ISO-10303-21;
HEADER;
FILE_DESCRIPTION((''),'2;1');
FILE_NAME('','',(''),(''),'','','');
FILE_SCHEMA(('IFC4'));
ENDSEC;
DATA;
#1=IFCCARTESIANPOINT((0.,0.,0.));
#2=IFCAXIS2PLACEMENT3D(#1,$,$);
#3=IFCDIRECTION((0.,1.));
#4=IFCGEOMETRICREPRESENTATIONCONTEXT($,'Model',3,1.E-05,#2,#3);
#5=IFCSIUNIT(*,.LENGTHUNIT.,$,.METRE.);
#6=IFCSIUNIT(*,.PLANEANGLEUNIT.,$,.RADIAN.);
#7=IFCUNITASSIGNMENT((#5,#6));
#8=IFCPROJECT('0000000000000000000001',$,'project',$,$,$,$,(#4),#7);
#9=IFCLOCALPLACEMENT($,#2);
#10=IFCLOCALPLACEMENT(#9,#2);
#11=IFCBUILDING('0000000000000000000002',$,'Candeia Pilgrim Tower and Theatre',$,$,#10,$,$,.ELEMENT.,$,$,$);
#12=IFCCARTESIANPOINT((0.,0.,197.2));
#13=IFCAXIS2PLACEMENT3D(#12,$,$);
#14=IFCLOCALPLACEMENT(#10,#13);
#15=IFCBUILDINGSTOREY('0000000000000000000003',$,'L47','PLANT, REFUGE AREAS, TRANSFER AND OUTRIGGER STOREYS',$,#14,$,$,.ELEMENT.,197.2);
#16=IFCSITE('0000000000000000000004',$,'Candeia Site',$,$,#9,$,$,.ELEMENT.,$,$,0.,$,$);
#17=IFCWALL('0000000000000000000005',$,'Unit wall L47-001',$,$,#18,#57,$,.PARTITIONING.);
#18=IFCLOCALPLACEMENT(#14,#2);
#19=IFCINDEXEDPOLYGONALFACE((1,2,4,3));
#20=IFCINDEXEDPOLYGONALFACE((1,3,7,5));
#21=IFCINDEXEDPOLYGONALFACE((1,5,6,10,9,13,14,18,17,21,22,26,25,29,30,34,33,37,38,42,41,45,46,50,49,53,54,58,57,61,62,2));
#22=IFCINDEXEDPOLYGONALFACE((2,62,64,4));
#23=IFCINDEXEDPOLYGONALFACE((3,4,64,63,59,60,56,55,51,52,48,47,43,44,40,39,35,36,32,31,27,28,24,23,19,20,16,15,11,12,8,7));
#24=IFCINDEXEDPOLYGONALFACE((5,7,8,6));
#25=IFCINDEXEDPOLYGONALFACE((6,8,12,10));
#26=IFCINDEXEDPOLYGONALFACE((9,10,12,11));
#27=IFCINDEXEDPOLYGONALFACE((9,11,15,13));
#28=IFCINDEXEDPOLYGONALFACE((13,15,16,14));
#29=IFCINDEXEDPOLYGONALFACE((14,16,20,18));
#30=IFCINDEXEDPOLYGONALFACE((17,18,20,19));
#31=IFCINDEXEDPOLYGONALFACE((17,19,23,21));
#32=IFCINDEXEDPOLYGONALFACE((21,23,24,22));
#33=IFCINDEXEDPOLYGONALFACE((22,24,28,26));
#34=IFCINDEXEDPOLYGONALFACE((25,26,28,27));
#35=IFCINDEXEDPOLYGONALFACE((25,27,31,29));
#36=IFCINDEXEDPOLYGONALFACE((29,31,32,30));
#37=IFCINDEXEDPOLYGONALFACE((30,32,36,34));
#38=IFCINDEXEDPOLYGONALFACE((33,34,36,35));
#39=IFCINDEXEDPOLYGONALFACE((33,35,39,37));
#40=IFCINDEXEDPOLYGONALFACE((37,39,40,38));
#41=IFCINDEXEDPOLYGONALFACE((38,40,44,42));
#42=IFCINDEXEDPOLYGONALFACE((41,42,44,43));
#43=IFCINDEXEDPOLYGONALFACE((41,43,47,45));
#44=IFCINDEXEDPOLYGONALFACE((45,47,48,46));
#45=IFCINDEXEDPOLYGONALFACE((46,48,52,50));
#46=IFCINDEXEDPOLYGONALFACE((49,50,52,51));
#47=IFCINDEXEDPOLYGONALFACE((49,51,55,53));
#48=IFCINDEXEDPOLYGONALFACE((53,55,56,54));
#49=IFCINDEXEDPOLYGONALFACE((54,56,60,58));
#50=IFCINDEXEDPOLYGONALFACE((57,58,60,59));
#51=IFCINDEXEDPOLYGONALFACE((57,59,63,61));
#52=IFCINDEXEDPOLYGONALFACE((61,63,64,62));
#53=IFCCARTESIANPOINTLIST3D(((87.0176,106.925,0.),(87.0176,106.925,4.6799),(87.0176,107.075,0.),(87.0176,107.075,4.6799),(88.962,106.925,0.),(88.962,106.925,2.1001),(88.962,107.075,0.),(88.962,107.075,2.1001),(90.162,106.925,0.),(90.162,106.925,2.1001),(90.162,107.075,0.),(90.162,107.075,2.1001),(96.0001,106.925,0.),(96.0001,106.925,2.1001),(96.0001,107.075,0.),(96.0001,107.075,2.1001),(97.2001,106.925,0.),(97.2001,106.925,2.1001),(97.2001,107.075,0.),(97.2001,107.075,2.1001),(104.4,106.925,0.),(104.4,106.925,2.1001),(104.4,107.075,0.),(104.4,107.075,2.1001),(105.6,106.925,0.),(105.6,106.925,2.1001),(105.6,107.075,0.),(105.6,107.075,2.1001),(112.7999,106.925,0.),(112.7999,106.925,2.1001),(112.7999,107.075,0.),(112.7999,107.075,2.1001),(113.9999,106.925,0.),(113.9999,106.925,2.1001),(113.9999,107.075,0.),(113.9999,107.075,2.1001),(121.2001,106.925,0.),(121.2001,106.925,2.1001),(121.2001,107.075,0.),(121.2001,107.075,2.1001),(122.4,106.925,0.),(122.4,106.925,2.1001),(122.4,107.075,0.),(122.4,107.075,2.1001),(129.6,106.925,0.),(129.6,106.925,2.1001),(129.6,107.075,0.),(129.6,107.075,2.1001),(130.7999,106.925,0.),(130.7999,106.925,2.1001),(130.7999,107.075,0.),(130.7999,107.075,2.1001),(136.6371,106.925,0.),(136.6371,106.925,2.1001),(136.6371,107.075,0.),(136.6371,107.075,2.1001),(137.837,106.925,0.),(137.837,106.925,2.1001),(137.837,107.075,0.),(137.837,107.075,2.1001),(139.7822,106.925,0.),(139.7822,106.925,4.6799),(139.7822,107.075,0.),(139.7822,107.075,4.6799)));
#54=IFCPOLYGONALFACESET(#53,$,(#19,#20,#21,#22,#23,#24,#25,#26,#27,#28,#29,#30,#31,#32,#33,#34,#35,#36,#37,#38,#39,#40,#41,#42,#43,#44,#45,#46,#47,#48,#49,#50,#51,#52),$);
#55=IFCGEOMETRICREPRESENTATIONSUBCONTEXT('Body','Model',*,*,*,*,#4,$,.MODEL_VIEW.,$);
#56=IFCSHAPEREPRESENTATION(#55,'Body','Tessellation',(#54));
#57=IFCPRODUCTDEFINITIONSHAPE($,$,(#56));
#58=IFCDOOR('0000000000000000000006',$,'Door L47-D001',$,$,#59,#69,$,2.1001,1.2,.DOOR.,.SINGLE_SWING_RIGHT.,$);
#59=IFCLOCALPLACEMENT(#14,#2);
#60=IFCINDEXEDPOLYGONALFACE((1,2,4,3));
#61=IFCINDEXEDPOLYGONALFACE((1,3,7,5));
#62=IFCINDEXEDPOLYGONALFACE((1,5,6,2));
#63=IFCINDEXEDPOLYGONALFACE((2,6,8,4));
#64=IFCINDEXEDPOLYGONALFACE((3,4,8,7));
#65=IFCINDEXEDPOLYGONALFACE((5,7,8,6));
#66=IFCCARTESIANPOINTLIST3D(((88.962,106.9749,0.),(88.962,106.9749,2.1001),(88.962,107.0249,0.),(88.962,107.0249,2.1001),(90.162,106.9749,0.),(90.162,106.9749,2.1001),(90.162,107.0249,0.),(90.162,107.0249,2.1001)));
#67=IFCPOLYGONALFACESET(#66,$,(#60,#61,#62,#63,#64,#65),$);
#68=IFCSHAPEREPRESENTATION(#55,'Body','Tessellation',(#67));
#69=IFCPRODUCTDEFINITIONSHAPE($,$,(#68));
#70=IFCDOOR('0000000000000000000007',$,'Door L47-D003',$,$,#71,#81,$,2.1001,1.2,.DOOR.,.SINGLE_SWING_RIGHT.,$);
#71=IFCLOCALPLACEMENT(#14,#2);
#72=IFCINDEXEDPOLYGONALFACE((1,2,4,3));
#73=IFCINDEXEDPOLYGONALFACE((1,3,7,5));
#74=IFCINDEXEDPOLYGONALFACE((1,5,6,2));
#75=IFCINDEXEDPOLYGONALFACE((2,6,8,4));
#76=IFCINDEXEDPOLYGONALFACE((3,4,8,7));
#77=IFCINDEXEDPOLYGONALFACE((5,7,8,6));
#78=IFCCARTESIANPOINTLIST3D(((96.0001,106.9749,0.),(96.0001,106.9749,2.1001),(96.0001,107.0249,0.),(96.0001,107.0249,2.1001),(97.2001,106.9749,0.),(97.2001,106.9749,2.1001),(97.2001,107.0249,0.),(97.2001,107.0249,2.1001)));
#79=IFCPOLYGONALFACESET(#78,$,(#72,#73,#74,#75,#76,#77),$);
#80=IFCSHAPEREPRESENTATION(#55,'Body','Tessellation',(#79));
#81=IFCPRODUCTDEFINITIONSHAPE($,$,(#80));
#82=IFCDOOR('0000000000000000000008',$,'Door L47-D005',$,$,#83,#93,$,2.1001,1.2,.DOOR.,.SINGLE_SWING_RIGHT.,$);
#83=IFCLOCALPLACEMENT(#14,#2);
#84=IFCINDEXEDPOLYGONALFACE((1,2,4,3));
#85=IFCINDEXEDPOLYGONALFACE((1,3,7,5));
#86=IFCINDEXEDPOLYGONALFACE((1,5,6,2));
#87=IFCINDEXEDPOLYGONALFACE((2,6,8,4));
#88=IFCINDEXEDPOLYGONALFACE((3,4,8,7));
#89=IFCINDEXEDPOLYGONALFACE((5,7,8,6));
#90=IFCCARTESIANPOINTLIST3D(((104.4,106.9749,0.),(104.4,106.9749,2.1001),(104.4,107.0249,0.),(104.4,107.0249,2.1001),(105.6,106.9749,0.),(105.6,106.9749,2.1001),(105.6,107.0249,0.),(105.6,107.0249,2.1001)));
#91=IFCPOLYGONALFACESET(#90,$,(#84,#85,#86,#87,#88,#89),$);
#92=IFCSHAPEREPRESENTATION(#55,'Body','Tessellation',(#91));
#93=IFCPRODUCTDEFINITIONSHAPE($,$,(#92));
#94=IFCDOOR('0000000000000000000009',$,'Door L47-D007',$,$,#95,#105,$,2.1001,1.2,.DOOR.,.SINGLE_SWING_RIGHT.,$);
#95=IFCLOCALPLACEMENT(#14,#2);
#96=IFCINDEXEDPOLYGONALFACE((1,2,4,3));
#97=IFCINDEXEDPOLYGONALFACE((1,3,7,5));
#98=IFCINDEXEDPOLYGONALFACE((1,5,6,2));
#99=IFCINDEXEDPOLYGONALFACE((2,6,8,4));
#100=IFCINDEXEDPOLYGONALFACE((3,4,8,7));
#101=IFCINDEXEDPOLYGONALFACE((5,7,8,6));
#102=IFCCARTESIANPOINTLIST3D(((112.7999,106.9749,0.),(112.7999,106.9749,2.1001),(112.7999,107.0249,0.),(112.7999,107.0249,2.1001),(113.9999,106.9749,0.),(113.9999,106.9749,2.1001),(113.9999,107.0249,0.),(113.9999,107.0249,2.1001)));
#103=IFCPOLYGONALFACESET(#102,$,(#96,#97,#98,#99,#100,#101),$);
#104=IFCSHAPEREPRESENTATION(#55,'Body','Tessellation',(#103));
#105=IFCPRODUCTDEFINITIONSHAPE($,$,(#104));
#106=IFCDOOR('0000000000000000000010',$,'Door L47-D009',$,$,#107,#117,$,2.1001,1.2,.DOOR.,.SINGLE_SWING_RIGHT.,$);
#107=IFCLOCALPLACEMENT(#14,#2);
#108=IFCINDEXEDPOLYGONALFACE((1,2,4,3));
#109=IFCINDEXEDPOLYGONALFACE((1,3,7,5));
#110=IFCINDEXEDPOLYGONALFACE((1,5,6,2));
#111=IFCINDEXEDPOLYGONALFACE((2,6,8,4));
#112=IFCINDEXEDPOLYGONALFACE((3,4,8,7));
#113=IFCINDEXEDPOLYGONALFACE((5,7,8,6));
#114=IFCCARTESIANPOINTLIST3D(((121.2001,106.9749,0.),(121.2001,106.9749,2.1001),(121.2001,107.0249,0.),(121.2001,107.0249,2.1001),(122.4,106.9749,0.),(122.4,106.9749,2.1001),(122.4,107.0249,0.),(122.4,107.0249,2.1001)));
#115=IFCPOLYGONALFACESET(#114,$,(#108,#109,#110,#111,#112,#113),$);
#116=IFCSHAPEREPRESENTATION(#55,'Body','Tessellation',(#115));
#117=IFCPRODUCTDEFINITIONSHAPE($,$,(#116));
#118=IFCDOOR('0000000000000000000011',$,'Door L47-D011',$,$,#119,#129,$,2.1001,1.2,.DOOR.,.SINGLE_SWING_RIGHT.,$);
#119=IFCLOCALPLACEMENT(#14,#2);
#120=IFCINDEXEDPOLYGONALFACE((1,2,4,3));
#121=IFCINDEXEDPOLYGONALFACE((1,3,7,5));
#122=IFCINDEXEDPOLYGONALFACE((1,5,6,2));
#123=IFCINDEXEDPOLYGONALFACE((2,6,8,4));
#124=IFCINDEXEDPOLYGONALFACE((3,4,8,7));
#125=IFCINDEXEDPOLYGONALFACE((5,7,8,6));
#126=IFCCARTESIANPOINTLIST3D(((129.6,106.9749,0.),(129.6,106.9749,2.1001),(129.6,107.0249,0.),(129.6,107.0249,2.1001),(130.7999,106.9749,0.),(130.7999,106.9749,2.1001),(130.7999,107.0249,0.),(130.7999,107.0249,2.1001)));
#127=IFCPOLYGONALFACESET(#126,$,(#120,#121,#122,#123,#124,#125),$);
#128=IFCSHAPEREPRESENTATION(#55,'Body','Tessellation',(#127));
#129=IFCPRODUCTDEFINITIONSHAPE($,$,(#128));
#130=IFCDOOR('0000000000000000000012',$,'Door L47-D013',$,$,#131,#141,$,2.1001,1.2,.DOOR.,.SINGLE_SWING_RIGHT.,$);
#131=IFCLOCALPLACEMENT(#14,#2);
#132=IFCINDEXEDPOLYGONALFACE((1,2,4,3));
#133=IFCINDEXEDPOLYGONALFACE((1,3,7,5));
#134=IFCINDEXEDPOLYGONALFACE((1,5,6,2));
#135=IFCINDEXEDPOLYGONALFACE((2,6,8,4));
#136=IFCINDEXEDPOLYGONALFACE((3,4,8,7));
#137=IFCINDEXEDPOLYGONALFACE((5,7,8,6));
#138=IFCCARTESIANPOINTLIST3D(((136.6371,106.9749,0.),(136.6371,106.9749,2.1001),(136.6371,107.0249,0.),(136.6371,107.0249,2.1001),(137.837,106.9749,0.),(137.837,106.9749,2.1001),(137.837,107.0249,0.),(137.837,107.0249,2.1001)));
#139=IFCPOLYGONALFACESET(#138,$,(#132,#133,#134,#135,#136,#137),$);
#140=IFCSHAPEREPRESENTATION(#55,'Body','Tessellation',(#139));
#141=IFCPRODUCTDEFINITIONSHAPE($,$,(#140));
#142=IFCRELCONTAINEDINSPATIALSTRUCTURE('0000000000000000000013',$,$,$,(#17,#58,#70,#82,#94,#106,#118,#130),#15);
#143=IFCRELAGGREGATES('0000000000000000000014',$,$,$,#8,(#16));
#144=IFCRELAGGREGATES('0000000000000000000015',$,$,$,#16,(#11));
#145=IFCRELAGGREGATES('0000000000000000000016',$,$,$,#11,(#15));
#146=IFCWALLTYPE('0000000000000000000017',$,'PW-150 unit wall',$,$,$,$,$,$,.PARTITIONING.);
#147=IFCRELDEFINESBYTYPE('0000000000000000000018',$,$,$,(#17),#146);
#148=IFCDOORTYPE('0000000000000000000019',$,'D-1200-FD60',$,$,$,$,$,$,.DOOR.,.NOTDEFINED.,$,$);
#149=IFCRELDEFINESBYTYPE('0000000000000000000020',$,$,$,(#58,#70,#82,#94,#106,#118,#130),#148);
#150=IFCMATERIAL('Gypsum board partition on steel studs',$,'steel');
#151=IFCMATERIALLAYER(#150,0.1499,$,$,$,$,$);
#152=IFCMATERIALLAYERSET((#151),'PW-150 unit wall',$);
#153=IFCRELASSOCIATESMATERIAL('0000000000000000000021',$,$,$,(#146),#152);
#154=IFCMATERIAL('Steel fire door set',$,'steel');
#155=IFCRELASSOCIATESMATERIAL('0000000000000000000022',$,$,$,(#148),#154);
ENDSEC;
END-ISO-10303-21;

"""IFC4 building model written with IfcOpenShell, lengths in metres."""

from ifc_helpers import new_model, si_unit, direction, frame, frame_2d, origin, place, context, subcontext, project, spatial, rectangle, extrude, material, layer, layer_set, type_object, element, fill, save


model = new_model("IFC4")

# Units and contexts
model_context = context("Model", 3, precision=1e-05, world=origin(), true_north=direction((0.0, 1.0)))
body_context = subcontext(model_context, "Body", "Model", "MODEL_VIEW")
ifc_project = project(units=[si_unit("LENGTHUNIT", "METRE"), si_unit("PLANEANGLEUNIT", "RADIAN")], contexts=[model_context])

# Site, building, storey
site_placement = place(None, origin())
site = spatial("IfcSite", under=ifc_project, at=site_placement, Name="Candeia Site", CompositionType="ELEMENT", RefElevation=0.0)
building_placement = place(site_placement, origin())
building = spatial("IfcBuilding", under=site, at=building_placement, Name="Candeia Pilgrim Tower and Theatre", CompositionType="ELEMENT")
storey_placement = place(building_placement, frame((0.0, 0.0, 197.2)))
storey = spatial("IfcBuildingStorey", under=building, at=storey_placement, Name="L47", Description="PLANT, REFUGE AREAS, TRANSFER AND OUTRIGGER STOREYS", CompositionType="ELEMENT", Elevation=197.2)

# Shared definitions
ifc_material_1 = material(Name="Gypsum board partition on steel studs", Category="steel")

# Wall, openings, doors
ifc_layer_1 = layer(ifc_material_1, 0.1499)
ifc_layer_set_1 = layer_set([ifc_layer_1], Name="PW-150 unit wall")
wall_type_1 = type_object("IfcWallType", Name="PW-150 unit wall", PredefinedType="PARTITIONING", material=ifc_layer_set_1)
wall_1_placement = place(storey_placement, frame((87.0176, 107.0, 0.0), z_axis=(0.0, 0.0, 1.0), x_axis=(1.0, 0.0, 0.0)))
wall_1 = element("IfcWall", 1, at=wall_1_placement, inside=storey, type_object=wall_type_1, Name="Unit wall L47-001", PredefinedType="PARTITIONING", context=body_context, shape_type="SweptSolid", body=[
    extrude(rectangle(XDim=52.7646, YDim=0.1499, at=frame_2d((26.3823, 0.0))), origin(), (0.0, 0.0, 1.0), 4.6799),
])
opening_1_placement = place(wall_1_placement, frame((1.9443, 0.0, 0.0)))
opening_1 = element("IfcOpeningElement", 2, at=opening_1_placement, cuts=wall_1, PredefinedType="OPENING", context=body_context, shape_type="SweptSolid", body=[
    extrude(rectangle(XDim=1.2, YDim=2.1001, at=frame_2d((0.6001, 1.05))), frame((0.0, 0.085, 0.0), z_axis=(0.0, -1.0, 0.0), x_axis=(1.0, 0.0, 0.0)), (0.0, 0.0, 1.0), 0.1699),
])
opening_2_placement = place(wall_1_placement, frame((8.9824, 0.0, 0.0)))
opening_2 = element("IfcOpeningElement", 3, at=opening_2_placement, cuts=wall_1, PredefinedType="OPENING", context=body_context, shape_type="SweptSolid", body=[
    extrude(rectangle(XDim=1.2, YDim=2.1001, at=frame_2d((0.6001, 1.05))), frame((0.0, 0.085, 0.0), z_axis=(0.0, -1.0, 0.0), x_axis=(1.0, 0.0, 0.0)), (0.0, 0.0, 1.0), 0.1699),
])
opening_3_placement = place(wall_1_placement, frame((17.3823, 0.0, 0.0)))
opening_3 = element("IfcOpeningElement", 4, at=opening_3_placement, cuts=wall_1, PredefinedType="OPENING", context=body_context, shape_type="SweptSolid", body=[
    extrude(rectangle(XDim=1.2, YDim=2.1001, at=frame_2d((0.6001, 1.05))), frame((0.0, 0.085, 0.0), z_axis=(0.0, -1.0, 0.0), x_axis=(1.0, 0.0, 0.0)), (0.0, 0.0, 1.0), 0.1699),
])
opening_4_placement = place(wall_1_placement, frame((25.7822, 0.0, 0.0)))
opening_4 = element("IfcOpeningElement", 5, at=opening_4_placement, cuts=wall_1, PredefinedType="OPENING", context=body_context, shape_type="SweptSolid", body=[
    extrude(rectangle(XDim=1.2, YDim=2.1001, at=frame_2d((0.6001, 1.05))), frame((0.0, 0.085, 0.0), z_axis=(0.0, -1.0, 0.0), x_axis=(1.0, 0.0, 0.0)), (0.0, 0.0, 1.0), 0.1699),
])
opening_5_placement = place(wall_1_placement, frame((34.1824, 0.0, 0.0)))
opening_5 = element("IfcOpeningElement", 6, at=opening_5_placement, cuts=wall_1, PredefinedType="OPENING", context=body_context, shape_type="SweptSolid", body=[
    extrude(rectangle(XDim=1.2, YDim=2.1001, at=frame_2d((0.6001, 1.05))), frame((0.0, 0.085, 0.0), z_axis=(0.0, -1.0, 0.0), x_axis=(1.0, 0.0, 0.0)), (0.0, 0.0, 1.0), 0.1699),
])
opening_6_placement = place(wall_1_placement, frame((42.5823, 0.0, 0.0)))
opening_6 = element("IfcOpeningElement", 7, at=opening_6_placement, cuts=wall_1, PredefinedType="OPENING", context=body_context, shape_type="SweptSolid", body=[
    extrude(rectangle(XDim=1.2, YDim=2.1001, at=frame_2d((0.6001, 1.05))), frame((0.0, 0.085, 0.0), z_axis=(0.0, -1.0, 0.0), x_axis=(1.0, 0.0, 0.0)), (0.0, 0.0, 1.0), 0.1699),
])
opening_7_placement = place(wall_1_placement, frame((49.6194, 0.0, 0.0)))
opening_7 = element("IfcOpeningElement", 8, at=opening_7_placement, cuts=wall_1, PredefinedType="OPENING", context=body_context, shape_type="SweptSolid", body=[
    extrude(rectangle(XDim=1.2, YDim=2.1001, at=frame_2d((0.6001, 1.05))), frame((0.0, 0.085, 0.0), z_axis=(0.0, -1.0, 0.0), x_axis=(1.0, 0.0, 0.0)), (0.0, 0.0, 1.0), 0.1699),
])
ifc_material_2 = material(Name="Steel fire door set", Category="steel")
door_type_1 = type_object("IfcDoorType", Name="D-1200-FD60", OperationType="NOTDEFINED", PredefinedType="DOOR", material=ifc_material_2)
door_1_placement = place(opening_1_placement, origin())
door_1 = element("IfcDoor", 9, at=door_1_placement, inside=storey, type_object=door_type_1, Name="Door L47-D001", OperationType="SINGLE_SWING_RIGHT", OverallHeight=2.1001, OverallWidth=1.2, PredefinedType="DOOR", context=body_context, shape_type="SweptSolid", body=[
    extrude(rectangle(XDim=1.2, YDim=2.1001, at=frame_2d((0.6001, 1.05))), frame((0.0, 0.0249, 0.0), z_axis=(0.0, -1.0, 0.0), x_axis=(1.0, 0.0, 0.0)), (0.0, 0.0, 1.0), 0.05),
])
fill(opening_1, door_1)
door_2_placement = place(opening_2_placement, origin())
door_2 = element("IfcDoor", 10, at=door_2_placement, inside=storey, type_object=door_type_1, Name="Door L47-D003", OperationType="SINGLE_SWING_RIGHT", OverallHeight=2.1001, OverallWidth=1.2, PredefinedType="DOOR", context=body_context, shape_type="SweptSolid", body=[
    extrude(rectangle(XDim=1.2, YDim=2.1001, at=frame_2d((0.6001, 1.05))), frame((0.0, 0.0249, 0.0), z_axis=(0.0, -1.0, 0.0), x_axis=(1.0, 0.0, 0.0)), (0.0, 0.0, 1.0), 0.05),
])
fill(opening_2, door_2)
door_3_placement = place(opening_3_placement, origin())
door_3 = element("IfcDoor", 11, at=door_3_placement, inside=storey, type_object=door_type_1, Name="Door L47-D005", OperationType="SINGLE_SWING_RIGHT", OverallHeight=2.1001, OverallWidth=1.2, PredefinedType="DOOR", context=body_context, shape_type="SweptSolid", body=[
    extrude(rectangle(XDim=1.2, YDim=2.1001, at=frame_2d((0.6001, 1.05))), frame((0.0, 0.0249, 0.0), z_axis=(0.0, -1.0, 0.0), x_axis=(1.0, 0.0, 0.0)), (0.0, 0.0, 1.0), 0.05),
])
fill(opening_3, door_3)
door_4_placement = place(opening_4_placement, origin())
door_4 = element("IfcDoor", 12, at=door_4_placement, inside=storey, type_object=door_type_1, Name="Door L47-D007", OperationType="SINGLE_SWING_RIGHT", OverallHeight=2.1001, OverallWidth=1.2, PredefinedType="DOOR", context=body_context, shape_type="SweptSolid", body=[
    extrude(rectangle(XDim=1.2, YDim=2.1001, at=frame_2d((0.6001, 1.05))), frame((0.0, 0.0249, 0.0), z_axis=(0.0, -1.0, 0.0), x_axis=(1.0, 0.0, 0.0)), (0.0, 0.0, 1.0), 0.05),
])
fill(opening_4, door_4)
door_5_placement = place(opening_5_placement, origin())
door_5 = element("IfcDoor", 13, at=door_5_placement, inside=storey, type_object=door_type_1, Name="Door L47-D009", OperationType="SINGLE_SWING_RIGHT", OverallHeight=2.1001, OverallWidth=1.2, PredefinedType="DOOR", context=body_context, shape_type="SweptSolid", body=[
    extrude(rectangle(XDim=1.2, YDim=2.1001, at=frame_2d((0.6001, 1.05))), frame((0.0, 0.0249, 0.0), z_axis=(0.0, -1.0, 0.0), x_axis=(1.0, 0.0, 0.0)), (0.0, 0.0, 1.0), 0.05),
])
fill(opening_5, door_5)
door_6_placement = place(opening_6_placement, origin())
door_6 = element("IfcDoor", 14, at=door_6_placement, inside=storey, type_object=door_type_1, Name="Door L47-D011", OperationType="SINGLE_SWING_RIGHT", OverallHeight=2.1001, OverallWidth=1.2, PredefinedType="DOOR", context=body_context, shape_type="SweptSolid", body=[
    extrude(rectangle(XDim=1.2, YDim=2.1001, at=frame_2d((0.6001, 1.05))), frame((0.0, 0.0249, 0.0), z_axis=(0.0, -1.0, 0.0), x_axis=(1.0, 0.0, 0.0)), (0.0, 0.0, 1.0), 0.05),
])
fill(opening_6, door_6)
door_7_placement = place(opening_7_placement, origin())
door_7 = element("IfcDoor", 15, at=door_7_placement, inside=storey, type_object=door_type_1, Name="Door L47-D013", OperationType="SINGLE_SWING_RIGHT", OverallHeight=2.1001, OverallWidth=1.2, PredefinedType="DOOR", context=body_context, shape_type="SweptSolid", body=[
    extrude(rectangle(XDim=1.2, YDim=2.1001, at=frame_2d((0.6001, 1.05))), frame((0.0, 0.0249, 0.0), z_axis=(0.0, -1.0, 0.0), x_axis=(1.0, 0.0, 0.0)), (0.0, 0.0, 1.0), 0.05),
])
fill(opening_7, door_7)

save(model, "model.ifc")
